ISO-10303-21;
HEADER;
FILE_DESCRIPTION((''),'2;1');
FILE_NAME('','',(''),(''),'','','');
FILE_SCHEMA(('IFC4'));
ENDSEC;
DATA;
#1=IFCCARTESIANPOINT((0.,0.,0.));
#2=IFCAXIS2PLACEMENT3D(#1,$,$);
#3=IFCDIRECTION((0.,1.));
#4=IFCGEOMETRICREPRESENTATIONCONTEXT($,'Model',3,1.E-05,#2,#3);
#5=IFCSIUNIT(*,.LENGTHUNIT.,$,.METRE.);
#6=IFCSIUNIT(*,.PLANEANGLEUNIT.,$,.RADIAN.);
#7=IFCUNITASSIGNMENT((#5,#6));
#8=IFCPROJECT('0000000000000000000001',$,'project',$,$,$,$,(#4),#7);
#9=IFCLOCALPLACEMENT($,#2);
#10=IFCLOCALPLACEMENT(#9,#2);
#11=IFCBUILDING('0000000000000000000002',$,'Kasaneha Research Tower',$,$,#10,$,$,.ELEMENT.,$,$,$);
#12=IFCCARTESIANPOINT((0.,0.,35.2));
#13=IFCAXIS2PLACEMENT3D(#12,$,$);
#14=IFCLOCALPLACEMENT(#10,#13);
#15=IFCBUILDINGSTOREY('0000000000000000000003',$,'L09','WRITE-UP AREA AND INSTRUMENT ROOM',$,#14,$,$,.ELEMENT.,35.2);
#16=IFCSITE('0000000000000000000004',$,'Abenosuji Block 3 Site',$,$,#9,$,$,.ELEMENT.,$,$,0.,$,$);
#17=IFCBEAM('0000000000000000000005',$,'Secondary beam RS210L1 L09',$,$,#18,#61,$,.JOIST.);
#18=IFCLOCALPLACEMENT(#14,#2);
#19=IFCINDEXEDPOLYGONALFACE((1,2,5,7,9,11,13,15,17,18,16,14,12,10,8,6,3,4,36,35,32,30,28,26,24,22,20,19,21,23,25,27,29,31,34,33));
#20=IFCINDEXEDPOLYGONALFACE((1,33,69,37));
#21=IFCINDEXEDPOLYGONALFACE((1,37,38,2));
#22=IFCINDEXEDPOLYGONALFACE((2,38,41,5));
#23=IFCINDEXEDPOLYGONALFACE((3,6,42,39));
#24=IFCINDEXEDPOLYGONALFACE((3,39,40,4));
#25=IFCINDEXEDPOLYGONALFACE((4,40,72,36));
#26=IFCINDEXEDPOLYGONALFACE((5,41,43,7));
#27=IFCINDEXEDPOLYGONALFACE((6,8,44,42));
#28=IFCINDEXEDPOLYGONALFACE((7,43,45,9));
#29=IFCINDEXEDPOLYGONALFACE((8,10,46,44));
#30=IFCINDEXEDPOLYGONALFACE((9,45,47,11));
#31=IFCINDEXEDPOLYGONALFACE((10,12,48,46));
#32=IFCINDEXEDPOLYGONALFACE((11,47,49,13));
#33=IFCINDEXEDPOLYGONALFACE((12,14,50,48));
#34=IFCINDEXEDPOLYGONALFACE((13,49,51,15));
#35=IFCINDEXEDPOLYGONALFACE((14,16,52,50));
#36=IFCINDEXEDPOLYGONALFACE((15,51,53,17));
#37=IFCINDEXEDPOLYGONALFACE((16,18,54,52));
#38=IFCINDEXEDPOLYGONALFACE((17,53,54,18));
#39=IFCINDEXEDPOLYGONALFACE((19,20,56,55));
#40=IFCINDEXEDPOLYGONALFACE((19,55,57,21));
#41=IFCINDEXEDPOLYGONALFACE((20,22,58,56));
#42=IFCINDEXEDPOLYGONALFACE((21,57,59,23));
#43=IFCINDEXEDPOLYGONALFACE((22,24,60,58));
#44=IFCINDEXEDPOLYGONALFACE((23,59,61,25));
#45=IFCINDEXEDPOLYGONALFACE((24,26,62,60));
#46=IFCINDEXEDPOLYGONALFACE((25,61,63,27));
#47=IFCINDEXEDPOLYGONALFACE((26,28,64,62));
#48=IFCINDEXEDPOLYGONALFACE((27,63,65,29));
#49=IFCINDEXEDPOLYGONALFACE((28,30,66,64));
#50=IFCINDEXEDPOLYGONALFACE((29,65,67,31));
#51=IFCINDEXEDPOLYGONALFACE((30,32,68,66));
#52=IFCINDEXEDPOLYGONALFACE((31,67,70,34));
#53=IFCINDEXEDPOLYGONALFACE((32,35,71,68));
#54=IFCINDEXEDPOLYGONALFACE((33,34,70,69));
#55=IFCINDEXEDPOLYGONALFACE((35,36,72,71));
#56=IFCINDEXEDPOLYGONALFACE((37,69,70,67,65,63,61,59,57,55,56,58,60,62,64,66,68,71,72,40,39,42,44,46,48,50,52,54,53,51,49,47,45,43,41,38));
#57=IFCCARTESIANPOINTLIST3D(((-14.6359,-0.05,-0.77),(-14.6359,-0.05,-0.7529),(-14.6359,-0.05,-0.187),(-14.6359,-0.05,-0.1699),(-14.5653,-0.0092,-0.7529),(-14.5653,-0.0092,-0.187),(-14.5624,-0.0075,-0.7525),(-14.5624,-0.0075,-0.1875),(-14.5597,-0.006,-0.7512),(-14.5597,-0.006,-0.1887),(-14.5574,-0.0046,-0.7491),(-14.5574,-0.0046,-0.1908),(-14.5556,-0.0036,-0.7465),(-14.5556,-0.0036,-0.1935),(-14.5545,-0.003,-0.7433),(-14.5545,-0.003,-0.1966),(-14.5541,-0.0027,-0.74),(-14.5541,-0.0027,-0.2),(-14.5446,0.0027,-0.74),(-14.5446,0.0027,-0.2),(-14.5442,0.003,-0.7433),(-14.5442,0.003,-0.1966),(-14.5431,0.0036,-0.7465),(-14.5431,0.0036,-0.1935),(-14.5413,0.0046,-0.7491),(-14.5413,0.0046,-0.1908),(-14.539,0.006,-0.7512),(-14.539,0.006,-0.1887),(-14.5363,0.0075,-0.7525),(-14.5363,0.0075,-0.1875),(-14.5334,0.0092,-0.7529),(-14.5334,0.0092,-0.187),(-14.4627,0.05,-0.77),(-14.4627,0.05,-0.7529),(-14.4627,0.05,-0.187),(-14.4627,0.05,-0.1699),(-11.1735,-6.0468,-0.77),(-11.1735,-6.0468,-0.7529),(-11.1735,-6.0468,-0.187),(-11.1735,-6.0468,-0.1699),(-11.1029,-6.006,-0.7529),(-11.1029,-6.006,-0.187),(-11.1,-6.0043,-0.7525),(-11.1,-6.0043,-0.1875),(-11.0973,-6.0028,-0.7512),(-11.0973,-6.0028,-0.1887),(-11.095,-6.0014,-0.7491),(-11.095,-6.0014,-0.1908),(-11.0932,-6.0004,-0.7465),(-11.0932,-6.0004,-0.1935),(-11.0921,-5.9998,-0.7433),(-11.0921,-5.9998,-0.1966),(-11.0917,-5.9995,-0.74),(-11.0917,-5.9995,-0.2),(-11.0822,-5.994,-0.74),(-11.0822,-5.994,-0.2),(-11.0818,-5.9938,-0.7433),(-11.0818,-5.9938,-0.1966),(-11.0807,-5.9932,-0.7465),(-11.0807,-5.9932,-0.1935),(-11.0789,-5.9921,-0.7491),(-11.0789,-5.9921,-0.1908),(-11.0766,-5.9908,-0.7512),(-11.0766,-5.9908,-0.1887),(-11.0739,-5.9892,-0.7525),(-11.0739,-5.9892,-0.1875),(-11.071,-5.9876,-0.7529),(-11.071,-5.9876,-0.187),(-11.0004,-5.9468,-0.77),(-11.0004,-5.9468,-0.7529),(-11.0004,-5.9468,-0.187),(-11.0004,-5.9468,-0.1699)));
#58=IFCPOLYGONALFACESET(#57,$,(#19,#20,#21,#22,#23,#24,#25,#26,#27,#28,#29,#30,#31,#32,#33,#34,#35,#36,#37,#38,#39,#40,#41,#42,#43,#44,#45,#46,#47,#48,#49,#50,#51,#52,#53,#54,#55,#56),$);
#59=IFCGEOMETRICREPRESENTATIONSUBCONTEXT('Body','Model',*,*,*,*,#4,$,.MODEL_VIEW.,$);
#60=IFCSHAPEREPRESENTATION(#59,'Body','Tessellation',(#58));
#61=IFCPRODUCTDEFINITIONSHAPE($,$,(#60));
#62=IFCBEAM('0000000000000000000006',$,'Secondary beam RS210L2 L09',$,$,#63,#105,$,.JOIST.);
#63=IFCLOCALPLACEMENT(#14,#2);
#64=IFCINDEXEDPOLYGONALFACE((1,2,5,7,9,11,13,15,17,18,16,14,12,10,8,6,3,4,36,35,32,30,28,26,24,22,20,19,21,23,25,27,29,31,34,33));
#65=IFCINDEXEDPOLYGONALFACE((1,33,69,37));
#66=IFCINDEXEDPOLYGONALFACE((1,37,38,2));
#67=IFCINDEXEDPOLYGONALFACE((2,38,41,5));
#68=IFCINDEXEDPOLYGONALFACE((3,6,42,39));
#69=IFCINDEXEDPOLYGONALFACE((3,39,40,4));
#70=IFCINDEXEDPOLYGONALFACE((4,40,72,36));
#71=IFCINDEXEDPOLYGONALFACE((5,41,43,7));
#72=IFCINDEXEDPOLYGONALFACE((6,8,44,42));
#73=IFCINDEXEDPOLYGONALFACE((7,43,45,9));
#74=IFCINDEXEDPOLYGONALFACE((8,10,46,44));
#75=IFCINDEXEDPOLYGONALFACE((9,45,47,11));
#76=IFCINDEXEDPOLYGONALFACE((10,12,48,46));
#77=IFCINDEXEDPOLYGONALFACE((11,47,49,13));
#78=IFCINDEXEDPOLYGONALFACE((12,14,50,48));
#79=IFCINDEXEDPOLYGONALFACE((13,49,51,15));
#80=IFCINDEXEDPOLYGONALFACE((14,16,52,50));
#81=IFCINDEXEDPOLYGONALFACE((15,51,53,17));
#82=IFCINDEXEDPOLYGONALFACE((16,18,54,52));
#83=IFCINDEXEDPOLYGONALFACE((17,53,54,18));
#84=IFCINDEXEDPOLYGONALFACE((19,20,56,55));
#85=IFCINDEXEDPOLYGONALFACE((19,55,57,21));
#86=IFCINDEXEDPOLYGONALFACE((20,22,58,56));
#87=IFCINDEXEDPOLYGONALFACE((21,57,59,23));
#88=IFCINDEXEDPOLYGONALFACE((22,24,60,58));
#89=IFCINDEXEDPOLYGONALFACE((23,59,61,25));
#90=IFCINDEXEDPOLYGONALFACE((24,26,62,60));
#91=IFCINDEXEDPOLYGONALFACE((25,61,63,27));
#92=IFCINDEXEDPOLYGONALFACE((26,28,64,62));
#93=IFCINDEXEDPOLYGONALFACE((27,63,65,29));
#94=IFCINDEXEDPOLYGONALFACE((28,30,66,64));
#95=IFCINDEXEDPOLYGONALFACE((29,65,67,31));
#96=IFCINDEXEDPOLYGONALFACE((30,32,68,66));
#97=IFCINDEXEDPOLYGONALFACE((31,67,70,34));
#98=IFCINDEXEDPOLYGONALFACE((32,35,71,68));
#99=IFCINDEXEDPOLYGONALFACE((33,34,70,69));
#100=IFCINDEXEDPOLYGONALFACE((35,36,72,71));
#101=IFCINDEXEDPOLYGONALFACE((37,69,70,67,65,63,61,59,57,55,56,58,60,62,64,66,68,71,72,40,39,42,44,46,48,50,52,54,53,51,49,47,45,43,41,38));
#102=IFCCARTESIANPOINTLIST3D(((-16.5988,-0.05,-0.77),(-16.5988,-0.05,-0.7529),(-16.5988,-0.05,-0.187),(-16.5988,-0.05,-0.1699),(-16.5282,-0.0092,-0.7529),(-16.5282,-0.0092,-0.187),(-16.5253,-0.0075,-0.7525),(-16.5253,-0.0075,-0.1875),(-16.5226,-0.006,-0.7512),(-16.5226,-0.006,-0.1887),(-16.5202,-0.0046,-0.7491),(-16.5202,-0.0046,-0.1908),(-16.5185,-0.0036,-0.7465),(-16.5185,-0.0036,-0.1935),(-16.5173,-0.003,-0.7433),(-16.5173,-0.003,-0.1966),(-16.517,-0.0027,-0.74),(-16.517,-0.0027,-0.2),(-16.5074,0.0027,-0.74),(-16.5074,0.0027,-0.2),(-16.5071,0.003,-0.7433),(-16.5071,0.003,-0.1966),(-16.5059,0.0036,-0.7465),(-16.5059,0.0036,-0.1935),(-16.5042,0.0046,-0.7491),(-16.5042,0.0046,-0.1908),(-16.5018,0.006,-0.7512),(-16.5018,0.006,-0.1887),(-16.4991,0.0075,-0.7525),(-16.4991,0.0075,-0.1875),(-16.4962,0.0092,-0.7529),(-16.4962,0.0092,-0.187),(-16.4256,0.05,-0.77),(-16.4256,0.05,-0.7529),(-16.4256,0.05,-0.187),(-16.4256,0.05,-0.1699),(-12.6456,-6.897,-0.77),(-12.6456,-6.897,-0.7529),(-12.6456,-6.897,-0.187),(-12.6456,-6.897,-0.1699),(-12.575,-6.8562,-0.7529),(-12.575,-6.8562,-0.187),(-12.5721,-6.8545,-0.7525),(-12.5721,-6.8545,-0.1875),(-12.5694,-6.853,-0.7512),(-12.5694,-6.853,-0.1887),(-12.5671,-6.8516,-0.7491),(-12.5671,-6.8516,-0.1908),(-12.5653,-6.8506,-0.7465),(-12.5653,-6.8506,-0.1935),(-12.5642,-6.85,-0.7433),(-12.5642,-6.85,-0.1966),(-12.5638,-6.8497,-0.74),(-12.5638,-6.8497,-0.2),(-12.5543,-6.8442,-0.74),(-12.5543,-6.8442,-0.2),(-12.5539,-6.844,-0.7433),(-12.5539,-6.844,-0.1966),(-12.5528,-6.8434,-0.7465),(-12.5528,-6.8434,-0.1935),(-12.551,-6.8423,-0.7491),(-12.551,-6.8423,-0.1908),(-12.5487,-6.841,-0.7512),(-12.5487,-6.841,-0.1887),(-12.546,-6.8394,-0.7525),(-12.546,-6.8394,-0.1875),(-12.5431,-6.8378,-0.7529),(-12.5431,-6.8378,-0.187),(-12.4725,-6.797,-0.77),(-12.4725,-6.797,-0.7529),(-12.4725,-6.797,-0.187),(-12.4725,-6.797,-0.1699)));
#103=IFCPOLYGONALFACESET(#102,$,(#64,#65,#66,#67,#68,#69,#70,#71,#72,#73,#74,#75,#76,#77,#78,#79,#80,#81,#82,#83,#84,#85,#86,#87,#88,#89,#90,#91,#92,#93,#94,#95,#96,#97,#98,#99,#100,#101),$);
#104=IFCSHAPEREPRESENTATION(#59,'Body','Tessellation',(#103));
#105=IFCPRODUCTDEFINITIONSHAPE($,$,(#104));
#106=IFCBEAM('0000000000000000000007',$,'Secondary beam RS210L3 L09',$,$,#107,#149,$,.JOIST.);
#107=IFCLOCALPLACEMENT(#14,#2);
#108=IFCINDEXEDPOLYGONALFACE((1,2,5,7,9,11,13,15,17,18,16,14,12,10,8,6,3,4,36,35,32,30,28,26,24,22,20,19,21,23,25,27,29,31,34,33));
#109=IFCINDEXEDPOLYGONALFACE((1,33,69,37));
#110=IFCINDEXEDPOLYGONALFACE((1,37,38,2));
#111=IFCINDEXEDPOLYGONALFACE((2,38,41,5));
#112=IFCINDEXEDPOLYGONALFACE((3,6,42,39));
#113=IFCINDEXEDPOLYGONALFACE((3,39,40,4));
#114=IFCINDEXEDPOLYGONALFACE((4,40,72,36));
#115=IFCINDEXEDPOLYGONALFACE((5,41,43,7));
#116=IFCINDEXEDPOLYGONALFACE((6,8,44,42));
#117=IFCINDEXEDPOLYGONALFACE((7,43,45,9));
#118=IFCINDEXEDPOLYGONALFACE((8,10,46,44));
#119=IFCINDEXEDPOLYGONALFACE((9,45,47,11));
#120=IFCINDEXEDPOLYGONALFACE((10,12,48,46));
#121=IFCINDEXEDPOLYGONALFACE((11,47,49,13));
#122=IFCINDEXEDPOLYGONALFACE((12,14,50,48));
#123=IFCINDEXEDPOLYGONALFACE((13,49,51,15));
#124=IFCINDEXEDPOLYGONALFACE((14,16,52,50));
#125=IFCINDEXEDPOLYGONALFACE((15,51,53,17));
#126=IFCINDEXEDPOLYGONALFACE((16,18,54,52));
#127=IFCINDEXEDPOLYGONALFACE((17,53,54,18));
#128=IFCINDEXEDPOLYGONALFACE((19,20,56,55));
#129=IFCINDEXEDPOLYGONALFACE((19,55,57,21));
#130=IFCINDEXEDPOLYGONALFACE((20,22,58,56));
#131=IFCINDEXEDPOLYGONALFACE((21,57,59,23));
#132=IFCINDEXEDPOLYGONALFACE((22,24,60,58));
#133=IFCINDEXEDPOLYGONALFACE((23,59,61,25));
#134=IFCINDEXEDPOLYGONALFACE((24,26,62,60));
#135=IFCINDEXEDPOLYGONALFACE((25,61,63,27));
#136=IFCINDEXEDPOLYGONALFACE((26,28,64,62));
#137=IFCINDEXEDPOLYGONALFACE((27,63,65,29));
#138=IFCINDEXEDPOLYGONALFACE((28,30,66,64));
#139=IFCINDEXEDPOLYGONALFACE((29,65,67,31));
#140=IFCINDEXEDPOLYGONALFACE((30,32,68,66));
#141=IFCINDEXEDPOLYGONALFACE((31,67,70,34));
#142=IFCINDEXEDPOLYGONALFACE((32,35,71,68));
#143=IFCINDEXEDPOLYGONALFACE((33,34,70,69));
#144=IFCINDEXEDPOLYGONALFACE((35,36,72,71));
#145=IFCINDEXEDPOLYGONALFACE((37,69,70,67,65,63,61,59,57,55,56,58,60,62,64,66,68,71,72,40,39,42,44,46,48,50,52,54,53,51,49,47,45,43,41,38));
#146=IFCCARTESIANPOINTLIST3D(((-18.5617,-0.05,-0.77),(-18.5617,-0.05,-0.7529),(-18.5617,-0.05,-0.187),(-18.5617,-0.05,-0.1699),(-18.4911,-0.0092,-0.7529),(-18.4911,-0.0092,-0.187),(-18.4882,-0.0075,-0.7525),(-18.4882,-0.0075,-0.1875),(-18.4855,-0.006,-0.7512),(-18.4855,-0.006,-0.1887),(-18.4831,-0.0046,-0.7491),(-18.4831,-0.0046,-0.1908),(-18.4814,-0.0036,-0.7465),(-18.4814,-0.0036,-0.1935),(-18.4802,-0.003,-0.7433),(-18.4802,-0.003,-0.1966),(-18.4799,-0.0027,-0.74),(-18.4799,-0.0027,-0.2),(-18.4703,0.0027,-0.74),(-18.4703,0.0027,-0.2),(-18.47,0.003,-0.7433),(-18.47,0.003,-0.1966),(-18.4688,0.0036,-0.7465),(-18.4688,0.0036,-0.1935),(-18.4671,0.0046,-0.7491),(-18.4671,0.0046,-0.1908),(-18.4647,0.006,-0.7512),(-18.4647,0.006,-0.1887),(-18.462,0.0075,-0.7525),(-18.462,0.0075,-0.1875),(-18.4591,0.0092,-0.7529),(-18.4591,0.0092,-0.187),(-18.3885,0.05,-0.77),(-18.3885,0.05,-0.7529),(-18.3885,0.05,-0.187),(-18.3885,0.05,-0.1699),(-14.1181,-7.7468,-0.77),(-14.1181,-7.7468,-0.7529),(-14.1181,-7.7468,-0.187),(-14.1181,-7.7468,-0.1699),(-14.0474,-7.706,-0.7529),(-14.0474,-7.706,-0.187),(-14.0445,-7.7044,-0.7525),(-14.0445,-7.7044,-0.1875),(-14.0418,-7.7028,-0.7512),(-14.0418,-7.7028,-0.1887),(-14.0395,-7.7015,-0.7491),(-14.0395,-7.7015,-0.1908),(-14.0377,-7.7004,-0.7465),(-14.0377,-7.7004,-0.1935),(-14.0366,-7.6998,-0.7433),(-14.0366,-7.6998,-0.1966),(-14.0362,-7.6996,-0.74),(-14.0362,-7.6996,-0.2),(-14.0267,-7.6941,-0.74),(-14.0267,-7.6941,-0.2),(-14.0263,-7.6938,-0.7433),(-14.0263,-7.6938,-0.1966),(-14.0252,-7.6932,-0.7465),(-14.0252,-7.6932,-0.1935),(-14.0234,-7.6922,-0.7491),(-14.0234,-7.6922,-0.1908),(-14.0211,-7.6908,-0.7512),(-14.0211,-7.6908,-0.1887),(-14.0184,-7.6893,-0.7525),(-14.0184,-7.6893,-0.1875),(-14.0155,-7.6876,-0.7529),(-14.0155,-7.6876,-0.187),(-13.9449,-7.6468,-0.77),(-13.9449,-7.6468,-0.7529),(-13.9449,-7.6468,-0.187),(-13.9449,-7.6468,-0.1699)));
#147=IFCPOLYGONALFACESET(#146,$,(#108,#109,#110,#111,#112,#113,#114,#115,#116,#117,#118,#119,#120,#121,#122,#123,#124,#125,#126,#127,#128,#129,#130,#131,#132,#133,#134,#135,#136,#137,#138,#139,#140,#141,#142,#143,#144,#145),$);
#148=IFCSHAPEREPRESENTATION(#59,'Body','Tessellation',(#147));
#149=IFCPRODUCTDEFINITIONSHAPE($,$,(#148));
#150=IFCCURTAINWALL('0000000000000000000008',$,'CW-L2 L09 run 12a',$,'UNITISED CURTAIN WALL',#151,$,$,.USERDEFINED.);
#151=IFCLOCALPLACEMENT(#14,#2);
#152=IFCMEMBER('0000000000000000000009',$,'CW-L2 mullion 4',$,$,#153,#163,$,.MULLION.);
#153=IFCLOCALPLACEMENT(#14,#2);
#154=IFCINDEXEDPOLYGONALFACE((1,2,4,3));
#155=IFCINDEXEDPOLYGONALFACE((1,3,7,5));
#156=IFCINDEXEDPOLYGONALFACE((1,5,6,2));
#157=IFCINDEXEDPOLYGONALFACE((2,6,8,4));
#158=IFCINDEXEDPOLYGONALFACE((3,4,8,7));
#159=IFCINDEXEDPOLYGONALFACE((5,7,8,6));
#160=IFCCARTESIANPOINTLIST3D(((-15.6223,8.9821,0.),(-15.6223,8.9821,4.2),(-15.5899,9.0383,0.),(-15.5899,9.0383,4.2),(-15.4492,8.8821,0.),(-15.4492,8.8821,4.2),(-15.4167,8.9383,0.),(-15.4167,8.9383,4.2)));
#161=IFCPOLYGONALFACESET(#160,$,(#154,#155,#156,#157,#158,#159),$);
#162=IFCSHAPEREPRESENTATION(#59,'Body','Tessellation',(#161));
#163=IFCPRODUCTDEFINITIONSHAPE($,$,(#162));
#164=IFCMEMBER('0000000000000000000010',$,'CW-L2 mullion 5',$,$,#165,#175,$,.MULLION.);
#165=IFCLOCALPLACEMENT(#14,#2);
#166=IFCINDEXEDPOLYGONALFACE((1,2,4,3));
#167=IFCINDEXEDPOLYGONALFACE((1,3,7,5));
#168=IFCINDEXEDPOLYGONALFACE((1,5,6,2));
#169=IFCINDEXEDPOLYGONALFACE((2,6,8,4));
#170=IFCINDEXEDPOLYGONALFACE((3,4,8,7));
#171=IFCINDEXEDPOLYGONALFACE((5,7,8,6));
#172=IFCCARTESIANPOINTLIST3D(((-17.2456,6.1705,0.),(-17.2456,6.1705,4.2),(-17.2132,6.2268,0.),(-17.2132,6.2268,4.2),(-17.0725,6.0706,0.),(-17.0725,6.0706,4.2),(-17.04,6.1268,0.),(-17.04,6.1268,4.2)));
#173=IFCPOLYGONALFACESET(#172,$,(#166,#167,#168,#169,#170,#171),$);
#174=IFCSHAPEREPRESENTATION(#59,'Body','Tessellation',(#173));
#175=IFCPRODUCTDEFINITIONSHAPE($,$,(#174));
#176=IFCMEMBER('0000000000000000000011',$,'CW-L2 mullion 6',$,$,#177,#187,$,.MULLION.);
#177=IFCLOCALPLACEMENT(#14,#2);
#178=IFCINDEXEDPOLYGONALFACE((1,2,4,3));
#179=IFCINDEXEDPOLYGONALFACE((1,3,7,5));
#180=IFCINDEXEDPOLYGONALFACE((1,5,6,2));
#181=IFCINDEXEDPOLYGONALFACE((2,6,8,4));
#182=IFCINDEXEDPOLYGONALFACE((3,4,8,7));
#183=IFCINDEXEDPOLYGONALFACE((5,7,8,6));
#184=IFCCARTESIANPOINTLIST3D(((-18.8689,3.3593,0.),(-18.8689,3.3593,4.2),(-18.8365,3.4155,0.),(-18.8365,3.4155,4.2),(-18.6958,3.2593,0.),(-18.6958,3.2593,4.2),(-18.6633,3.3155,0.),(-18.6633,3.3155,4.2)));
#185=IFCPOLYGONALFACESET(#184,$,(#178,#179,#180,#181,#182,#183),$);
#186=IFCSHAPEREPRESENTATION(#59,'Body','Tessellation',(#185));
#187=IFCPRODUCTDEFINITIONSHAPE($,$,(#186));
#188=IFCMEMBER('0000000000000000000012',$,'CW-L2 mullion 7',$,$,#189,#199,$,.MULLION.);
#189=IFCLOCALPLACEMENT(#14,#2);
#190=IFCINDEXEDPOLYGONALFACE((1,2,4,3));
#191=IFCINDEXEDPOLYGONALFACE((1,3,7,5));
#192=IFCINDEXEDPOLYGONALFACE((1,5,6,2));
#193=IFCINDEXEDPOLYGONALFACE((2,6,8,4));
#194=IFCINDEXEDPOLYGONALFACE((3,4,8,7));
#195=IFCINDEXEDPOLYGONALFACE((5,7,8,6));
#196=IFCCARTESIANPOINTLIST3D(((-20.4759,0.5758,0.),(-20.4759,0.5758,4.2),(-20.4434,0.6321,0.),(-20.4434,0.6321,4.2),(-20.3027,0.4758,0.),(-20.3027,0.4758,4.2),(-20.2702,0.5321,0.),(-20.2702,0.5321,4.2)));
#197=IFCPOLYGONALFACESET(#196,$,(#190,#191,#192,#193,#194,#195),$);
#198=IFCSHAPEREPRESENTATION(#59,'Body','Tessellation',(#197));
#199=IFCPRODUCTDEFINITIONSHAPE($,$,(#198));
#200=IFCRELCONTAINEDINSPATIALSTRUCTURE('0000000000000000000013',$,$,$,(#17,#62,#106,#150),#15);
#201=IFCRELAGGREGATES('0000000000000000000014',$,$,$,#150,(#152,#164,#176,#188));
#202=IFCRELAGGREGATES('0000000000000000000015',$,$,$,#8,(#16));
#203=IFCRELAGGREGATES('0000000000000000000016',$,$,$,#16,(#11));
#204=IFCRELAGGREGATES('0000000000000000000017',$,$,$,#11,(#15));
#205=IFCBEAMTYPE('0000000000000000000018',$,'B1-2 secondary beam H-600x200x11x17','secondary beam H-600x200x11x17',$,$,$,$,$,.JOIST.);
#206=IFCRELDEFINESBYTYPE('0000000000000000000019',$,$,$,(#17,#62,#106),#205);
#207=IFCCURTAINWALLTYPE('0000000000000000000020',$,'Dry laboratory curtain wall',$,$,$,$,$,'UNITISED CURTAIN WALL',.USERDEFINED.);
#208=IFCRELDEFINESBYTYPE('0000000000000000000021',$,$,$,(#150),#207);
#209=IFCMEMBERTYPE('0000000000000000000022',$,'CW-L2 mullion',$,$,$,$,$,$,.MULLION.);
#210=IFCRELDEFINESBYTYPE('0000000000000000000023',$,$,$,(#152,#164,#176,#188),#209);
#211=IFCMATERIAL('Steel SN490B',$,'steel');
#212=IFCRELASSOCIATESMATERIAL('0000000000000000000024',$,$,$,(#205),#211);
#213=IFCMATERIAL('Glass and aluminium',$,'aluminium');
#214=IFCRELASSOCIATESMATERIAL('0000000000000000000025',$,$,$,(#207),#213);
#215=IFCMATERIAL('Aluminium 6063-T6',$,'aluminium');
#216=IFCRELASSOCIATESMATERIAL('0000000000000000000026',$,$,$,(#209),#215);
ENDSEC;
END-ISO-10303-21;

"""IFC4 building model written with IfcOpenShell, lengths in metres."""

from ifc_helpers import new_model, si_unit, direction, frame, origin, origin_2d, place, context, subcontext, project, spatial, rectangle, i_section, extrude, material, material_profile, profile_set, type_object, element, aggregate, save


model = new_model("IFC4")

# Units and contexts
model_context = context("Model", 3, precision=1e-05, world=origin(), true_north=direction((0.0, 1.0)))
body_context = subcontext(model_context, "Body", "Model", "MODEL_VIEW")
ifc_project = project(units=[si_unit("LENGTHUNIT", "METRE"), si_unit("PLANEANGLEUNIT", "RADIAN")], contexts=[model_context])

# Site, building, storey
site_placement = place(None, origin())
site = spatial("IfcSite", under=ifc_project, at=site_placement, Name="Abenosuji Block 3 Site", CompositionType="ELEMENT", RefElevation=0.0)
building_placement = place(site_placement, origin())
building = spatial("IfcBuilding", under=site, at=building_placement, Name="Kasaneha Research Tower", CompositionType="ELEMENT")
storey_placement = place(building_placement, frame((0.0, 0.0, 35.2)))
storey = spatial("IfcBuildingStorey", under=building, at=storey_placement, Name="L09", Description="WRITE-UP AREA AND INSTRUMENT ROOM", CompositionType="ELEMENT", Elevation=35.2)

# Beams
ifc_material_1 = material(Name="Steel SN490B", Category="steel")
ifc_material_profile_1 = material_profile(ifc_material_1, i_section(OverallWidth=0.2, OverallDepth=0.6001, WebThickness=0.011, FlangeThickness=0.0171, FilletRadius=0.0129, at=origin_2d()), Name="H-600x200x11x17")
ifc_profile_set_1 = profile_set([ifc_material_profile_1], Name="Steel SN490B")
beam_type_1 = type_object("IfcBeamType", Name="B1-2 secondary beam H-600x200x11x17", Description="secondary beam H-600x200x11x17", PredefinedType="JOIST", material=ifc_profile_set_1)
beam_1_placement = place(storey_placement, frame((-14.5493, 0.0, -0.47), z_axis=(0.500014, -0.866017, 0.0), x_axis=(0.866017, 0.500014, 0.0)))
element("IfcBeam", 1, at=beam_1_placement, inside=storey, type_object=beam_type_1, Name="Secondary beam RS210L1 L09", PredefinedType="JOIST", context=body_context, shape_type="SweptSolid", body=[
    extrude(i_section(OverallWidth=0.2, OverallDepth=0.6001, WebThickness=0.011, FlangeThickness=0.0171, FilletRadius=0.0129, at=origin_2d()), origin(), (0.0, 0.0, 1.0), 6.9246),
])
beam_2_placement = place(storey_placement, frame((-16.5122, 0.0, -0.47), z_axis=(0.500005, -0.866023, 0.0), x_axis=(0.866023, 0.500005, 0.0)))
element("IfcBeam", 2, at=beam_2_placement, inside=storey, type_object=beam_type_1, Name="Secondary beam RS210L2 L09", PredefinedType="JOIST", context=body_context, shape_type="SweptSolid", body=[
    extrude(i_section(OverallWidth=0.2, OverallDepth=0.6001, WebThickness=0.011, FlangeThickness=0.0171, FilletRadius=0.0129, at=origin_2d()), origin(), (0.0, 0.0, 1.0), 7.9062),
])
beam_3_placement = place(storey_placement, frame((-18.4751, 0.0, -0.47), z_axis=(0.499989, -0.866032, 0.0), x_axis=(0.866032, 0.499989, 0.0)))
element("IfcBeam", 3, at=beam_3_placement, inside=storey, type_object=beam_type_1, Name="Secondary beam RS210L3 L09", PredefinedType="JOIST", context=body_context, shape_type="SweptSolid", body=[
    extrude(i_section(OverallWidth=0.2, OverallDepth=0.6001, WebThickness=0.011, FlangeThickness=0.0171, FilletRadius=0.0129, at=origin_2d()), origin(), (0.0, 0.0, 1.0), 8.8875),
])

# Curtain wall, members
ifc_material_2 = material(Name="Glass and aluminium", Category="aluminium")
curtain_wall_type = type_object("IfcCurtainWallType", Name="Dry laboratory curtain wall", ElementType="UNITISED CURTAIN WALL", PredefinedType="USERDEFINED", material=ifc_material_2)
curtain_wall_1_placement = place(storey_placement, origin())
curtain_wall_1 = element("IfcCurtainWall", 4, at=curtain_wall_1_placement, inside=storey, type_object=curtain_wall_type, Name="CW-L2 L09 run 12a", ObjectType="UNITISED CURTAIN WALL", PredefinedType="USERDEFINED")
ifc_material_3 = material(Name="Aluminium 6063-T6", Category="aluminium")
ifc_material_profile_2 = material_profile(ifc_material_3, rectangle(XDim=0.0649, YDim=0.2, at=origin_2d()), Name="CW-L2 mullion 65x200")
ifc_profile_set_2 = profile_set([ifc_material_profile_2], Name="Aluminium 6063-T6")
member_type_1 = type_object("IfcMemberType", Name="CW-L2 mullion", PredefinedType="MULLION", material=ifc_profile_set_2)
member_1_placement = place(storey_placement, frame((-15.5195, 8.9602, 0.0), z_axis=(0.0, 0.0, 1.0), x_axis=(-0.5, -0.866025, 0.0)))
member_1 = element("IfcMember", 5, at=member_1_placement, type_object=member_type_1, Name="CW-L2 mullion 4", PredefinedType="MULLION", context=body_context, shape_type="SweptSolid", body=[
    extrude(rectangle(XDim=0.0649, YDim=0.2, at=origin_2d()), origin(), (0.0, 0.0, 1.0), 4.2),
])
member_2_placement = place(storey_placement, frame((-17.1428, 6.1487, 0.0), z_axis=(0.0, 0.0, 1.0), x_axis=(-0.5, -0.866025, 0.0)))
member_2 = element("IfcMember", 6, at=member_2_placement, type_object=member_type_1, Name="CW-L2 mullion 5", PredefinedType="MULLION", context=body_context, shape_type="SweptSolid", body=[
    extrude(rectangle(XDim=0.0649, YDim=0.2, at=origin_2d()), origin(), (0.0, 0.0, 1.0), 4.2),
])
member_3_placement = place(storey_placement, frame((-18.7661, 3.3374, 0.0), z_axis=(0.0, 0.0, 1.0), x_axis=(-0.5, -0.866025, 0.0)))
member_3 = element("IfcMember", 7, at=member_3_placement, type_object=member_type_1, Name="CW-L2 mullion 6", PredefinedType="MULLION", context=body_context, shape_type="SweptSolid", body=[
    extrude(rectangle(XDim=0.0649, YDim=0.2, at=origin_2d()), origin(), (0.0, 0.0, 1.0), 4.2),
])
member_4_placement = place(storey_placement, frame((-20.373, 0.554, 0.0), z_axis=(0.0, 0.0, 1.0), x_axis=(-0.5, -0.866025, 0.0)))
member_4 = element("IfcMember", 8, at=member_4_placement, type_object=member_type_1, Name="CW-L2 mullion 7", PredefinedType="MULLION", context=body_context, shape_type="SweptSolid", body=[
    extrude(rectangle(XDim=0.0649, YDim=0.2, at=origin_2d()), origin(), (0.0, 0.0, 1.0), 4.2),
])

aggregate(curtain_wall_1, [member_1, member_2, member_3, member_4])

save(model, "model.ifc")
